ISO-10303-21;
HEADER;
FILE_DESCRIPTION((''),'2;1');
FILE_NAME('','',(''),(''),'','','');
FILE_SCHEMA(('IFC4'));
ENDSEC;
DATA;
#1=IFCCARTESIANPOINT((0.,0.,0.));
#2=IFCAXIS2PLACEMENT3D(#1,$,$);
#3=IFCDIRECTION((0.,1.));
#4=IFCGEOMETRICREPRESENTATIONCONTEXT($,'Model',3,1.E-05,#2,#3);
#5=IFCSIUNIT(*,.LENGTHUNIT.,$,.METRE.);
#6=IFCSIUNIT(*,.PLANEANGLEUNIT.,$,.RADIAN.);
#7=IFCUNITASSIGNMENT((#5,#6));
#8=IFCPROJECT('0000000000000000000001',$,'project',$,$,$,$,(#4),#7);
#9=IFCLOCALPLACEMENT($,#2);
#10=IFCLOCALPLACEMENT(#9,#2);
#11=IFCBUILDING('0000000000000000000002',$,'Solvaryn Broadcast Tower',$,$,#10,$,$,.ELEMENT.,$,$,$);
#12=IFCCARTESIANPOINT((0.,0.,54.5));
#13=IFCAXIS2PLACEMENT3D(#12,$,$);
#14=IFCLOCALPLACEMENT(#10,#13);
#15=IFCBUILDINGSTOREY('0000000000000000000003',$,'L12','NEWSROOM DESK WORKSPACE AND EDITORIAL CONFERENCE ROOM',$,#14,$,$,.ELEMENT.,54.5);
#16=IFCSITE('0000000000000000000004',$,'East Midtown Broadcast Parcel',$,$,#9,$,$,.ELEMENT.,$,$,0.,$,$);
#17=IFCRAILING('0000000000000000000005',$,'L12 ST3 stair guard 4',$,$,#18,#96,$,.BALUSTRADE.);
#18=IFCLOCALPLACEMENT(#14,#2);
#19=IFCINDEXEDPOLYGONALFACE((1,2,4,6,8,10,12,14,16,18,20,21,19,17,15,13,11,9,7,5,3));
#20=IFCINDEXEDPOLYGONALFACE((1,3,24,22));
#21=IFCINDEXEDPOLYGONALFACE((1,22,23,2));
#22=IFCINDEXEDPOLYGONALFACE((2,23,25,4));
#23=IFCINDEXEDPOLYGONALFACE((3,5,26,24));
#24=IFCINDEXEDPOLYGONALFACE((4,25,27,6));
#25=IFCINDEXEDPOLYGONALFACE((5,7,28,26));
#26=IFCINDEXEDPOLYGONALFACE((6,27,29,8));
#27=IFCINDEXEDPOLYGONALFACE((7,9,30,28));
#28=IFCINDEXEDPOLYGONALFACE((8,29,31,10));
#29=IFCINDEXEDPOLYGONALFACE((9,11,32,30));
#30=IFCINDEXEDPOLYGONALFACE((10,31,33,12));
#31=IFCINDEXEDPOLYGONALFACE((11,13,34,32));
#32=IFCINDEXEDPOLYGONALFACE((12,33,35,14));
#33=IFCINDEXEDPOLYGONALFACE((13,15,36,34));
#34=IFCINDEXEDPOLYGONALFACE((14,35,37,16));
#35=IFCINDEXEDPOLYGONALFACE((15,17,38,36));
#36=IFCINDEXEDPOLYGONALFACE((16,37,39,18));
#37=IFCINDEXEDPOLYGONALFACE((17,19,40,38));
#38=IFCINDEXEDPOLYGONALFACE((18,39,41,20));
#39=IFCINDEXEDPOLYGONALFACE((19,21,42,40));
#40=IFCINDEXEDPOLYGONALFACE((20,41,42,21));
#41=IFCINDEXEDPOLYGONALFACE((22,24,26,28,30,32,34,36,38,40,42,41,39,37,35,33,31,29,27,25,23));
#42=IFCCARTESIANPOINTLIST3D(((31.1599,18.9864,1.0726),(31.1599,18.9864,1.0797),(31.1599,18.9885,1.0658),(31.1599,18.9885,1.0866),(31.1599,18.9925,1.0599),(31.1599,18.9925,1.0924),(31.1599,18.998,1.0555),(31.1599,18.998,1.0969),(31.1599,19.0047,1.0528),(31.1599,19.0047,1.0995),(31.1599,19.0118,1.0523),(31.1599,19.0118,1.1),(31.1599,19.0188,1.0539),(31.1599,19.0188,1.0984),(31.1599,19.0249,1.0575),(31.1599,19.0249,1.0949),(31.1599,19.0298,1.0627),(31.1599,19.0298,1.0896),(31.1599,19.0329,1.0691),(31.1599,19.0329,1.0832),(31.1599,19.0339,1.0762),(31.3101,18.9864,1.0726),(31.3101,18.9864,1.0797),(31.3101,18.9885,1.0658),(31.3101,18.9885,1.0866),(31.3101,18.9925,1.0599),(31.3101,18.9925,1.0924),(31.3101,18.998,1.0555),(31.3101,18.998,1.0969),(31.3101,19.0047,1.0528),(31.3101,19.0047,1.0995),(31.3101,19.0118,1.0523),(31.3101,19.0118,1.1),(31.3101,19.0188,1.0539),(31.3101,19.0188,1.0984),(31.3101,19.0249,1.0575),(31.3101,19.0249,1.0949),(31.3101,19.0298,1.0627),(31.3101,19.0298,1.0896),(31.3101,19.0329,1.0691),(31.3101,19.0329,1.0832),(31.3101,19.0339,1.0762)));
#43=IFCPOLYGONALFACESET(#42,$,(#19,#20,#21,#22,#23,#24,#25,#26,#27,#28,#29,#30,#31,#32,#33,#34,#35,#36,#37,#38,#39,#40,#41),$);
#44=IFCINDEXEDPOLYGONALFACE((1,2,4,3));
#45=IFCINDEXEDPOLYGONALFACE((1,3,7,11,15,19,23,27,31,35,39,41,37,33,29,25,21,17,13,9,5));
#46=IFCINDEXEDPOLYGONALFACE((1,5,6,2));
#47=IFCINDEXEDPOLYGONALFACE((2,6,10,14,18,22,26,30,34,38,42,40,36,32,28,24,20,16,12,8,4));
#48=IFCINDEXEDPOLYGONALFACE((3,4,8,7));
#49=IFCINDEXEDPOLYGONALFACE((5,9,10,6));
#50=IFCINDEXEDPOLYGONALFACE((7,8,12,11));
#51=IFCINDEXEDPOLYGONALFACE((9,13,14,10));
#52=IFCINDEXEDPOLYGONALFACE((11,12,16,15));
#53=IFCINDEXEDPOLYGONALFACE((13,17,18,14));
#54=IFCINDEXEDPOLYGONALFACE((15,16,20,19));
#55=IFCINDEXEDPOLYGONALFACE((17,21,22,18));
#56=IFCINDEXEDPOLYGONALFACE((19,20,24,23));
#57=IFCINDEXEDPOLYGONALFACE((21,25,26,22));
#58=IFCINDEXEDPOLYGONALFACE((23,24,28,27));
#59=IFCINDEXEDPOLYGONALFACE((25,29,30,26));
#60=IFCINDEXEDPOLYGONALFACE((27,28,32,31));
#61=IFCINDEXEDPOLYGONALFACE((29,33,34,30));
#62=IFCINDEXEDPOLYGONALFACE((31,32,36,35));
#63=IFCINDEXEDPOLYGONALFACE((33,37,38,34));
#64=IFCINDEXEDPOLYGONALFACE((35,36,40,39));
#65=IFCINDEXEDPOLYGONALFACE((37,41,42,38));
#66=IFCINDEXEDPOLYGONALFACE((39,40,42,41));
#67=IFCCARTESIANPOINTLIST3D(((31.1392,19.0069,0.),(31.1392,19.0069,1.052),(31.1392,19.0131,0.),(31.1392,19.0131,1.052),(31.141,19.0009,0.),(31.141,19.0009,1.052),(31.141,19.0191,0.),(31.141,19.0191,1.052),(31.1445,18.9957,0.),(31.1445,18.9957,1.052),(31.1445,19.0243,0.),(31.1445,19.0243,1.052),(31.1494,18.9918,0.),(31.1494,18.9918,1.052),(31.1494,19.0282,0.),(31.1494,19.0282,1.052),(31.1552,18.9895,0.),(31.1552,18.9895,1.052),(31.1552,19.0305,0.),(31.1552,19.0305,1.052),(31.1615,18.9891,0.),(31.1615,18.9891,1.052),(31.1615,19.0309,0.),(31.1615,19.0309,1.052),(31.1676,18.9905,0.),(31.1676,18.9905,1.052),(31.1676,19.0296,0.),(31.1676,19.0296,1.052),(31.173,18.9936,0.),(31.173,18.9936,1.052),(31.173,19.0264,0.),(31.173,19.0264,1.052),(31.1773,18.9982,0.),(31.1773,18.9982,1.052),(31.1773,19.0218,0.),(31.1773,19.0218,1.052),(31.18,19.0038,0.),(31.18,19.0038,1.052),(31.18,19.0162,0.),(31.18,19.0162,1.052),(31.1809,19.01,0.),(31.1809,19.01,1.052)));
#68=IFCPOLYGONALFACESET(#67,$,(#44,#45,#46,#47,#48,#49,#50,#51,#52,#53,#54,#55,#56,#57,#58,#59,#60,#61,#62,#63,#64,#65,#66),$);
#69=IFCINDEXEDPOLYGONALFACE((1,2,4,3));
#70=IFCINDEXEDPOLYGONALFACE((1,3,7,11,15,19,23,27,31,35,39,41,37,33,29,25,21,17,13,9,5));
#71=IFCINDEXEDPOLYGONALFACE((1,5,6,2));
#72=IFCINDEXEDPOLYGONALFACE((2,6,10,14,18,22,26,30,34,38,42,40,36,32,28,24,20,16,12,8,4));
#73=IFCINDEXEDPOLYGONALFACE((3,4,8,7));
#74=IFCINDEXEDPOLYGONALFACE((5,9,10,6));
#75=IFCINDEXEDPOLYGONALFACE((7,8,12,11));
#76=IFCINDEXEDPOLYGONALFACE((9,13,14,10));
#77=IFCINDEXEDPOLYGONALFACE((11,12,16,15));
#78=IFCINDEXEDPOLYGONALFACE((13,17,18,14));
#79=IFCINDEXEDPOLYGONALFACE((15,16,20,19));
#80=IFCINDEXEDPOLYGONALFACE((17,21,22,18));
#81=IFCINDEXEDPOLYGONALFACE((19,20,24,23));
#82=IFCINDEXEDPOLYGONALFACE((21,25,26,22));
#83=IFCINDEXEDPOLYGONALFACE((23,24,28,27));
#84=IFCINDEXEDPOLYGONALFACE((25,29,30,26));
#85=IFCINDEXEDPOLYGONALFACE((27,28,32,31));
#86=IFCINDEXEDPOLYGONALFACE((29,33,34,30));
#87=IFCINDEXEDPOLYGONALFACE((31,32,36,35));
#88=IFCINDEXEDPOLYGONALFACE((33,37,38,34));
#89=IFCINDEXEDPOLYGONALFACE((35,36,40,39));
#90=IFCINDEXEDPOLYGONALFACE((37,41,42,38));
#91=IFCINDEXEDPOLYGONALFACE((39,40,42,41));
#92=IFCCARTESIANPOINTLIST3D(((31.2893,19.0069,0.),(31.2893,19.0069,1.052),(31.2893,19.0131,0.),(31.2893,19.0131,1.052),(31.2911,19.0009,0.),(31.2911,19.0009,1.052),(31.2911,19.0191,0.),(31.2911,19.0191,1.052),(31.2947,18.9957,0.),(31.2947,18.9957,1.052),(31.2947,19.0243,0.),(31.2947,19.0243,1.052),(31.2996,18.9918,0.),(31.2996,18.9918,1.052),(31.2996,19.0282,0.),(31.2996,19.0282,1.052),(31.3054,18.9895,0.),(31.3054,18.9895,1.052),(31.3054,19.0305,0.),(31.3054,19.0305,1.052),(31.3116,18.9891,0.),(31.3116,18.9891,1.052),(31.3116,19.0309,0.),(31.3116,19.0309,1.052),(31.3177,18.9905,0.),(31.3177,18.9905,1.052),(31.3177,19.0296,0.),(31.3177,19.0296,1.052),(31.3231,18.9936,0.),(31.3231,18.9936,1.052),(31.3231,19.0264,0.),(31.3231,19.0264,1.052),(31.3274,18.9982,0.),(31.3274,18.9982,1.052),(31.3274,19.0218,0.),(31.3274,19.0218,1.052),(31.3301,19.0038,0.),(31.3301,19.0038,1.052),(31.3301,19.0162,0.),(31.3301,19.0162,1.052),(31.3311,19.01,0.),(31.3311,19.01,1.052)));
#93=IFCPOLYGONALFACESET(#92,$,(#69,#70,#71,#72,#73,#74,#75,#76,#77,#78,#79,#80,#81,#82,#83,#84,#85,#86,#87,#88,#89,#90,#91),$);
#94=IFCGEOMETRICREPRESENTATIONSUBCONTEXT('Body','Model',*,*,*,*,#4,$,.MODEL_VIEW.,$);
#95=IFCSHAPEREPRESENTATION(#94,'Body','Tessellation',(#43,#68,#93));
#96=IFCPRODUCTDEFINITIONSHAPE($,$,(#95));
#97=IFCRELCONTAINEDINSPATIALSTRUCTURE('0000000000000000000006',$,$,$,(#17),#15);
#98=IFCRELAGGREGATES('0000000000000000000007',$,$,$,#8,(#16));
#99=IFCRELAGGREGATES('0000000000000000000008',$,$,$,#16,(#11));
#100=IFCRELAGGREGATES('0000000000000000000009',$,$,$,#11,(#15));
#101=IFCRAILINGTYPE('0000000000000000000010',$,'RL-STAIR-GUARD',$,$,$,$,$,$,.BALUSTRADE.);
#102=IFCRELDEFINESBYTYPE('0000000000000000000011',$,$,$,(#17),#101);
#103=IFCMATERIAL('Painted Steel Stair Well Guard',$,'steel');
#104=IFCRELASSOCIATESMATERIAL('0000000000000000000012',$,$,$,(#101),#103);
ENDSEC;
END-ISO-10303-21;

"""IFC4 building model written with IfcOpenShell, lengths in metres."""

from ifc_helpers import new_model, si_unit, direction, frame, origin, origin_2d, place, context, subcontext, project, spatial, circle, extrude, material, type_object, element, save


model = new_model("IFC4")

# Units and contexts
model_context = context("Model", 3, precision=1e-05, world=origin(), true_north=direction((0.0, 1.0)))
body_context = subcontext(model_context, "Body", "Model", "MODEL_VIEW")
ifc_project = project(units=[si_unit("LENGTHUNIT", "METRE"), si_unit("PLANEANGLEUNIT", "RADIAN")], contexts=[model_context])

# Site, building, storey
site_placement = place(None, origin())
site = spatial("IfcSite", under=ifc_project, at=site_placement, Name="East Midtown Broadcast Parcel", CompositionType="ELEMENT", RefElevation=0.0)
building_placement = place(site_placement, origin())
building = spatial("IfcBuilding", under=site, at=building_placement, Name="Solvaryn Broadcast Tower", CompositionType="ELEMENT")
storey_placement = place(building_placement, frame((0.0, 0.0, 54.5)))
storey = spatial("IfcBuildingStorey", under=building, at=storey_placement, Name="L12", Description="NEWSROOM DESK WORKSPACE AND EDITORIAL CONFERENCE ROOM", CompositionType="ELEMENT", Elevation=54.5)

# Railing
ifc_material_1 = material(Name="Painted Steel Stair Well Guard", Category="steel")
railing_type_1 = type_object("IfcRailingType", Name="RL-STAIR-GUARD", PredefinedType="BALUSTRADE", material=ifc_material_1)
railing_1_placement = place(storey_placement, frame((31.1599, 19.01, 0.0)))
element("IfcRailing", 1, at=railing_1_placement, inside=storey, type_object=railing_type_1, Name="L12 ST3 stair guard 4", PredefinedType="BALUSTRADE", context=body_context, shape_type="SweptSolid", body=[
    extrude(circle(Radius=0.0239, at=origin_2d()), frame((0.0, 0.0, 1.0762), z_axis=(1.0, 0.0, 0.0), x_axis=(0.0, 1.0, 0.0)), (0.0, 0.0, 1.0), 0.1501),
    extrude(circle(Radius=0.021, at=origin_2d()), origin(), (0.0, 0.0, 1.0), 1.052),
    extrude(circle(Radius=0.021, at=origin_2d()), frame((0.1501, 0.0, 0.0)), (0.0, 0.0, 1.0), 1.052),
])

save(model, "model.ifc")
